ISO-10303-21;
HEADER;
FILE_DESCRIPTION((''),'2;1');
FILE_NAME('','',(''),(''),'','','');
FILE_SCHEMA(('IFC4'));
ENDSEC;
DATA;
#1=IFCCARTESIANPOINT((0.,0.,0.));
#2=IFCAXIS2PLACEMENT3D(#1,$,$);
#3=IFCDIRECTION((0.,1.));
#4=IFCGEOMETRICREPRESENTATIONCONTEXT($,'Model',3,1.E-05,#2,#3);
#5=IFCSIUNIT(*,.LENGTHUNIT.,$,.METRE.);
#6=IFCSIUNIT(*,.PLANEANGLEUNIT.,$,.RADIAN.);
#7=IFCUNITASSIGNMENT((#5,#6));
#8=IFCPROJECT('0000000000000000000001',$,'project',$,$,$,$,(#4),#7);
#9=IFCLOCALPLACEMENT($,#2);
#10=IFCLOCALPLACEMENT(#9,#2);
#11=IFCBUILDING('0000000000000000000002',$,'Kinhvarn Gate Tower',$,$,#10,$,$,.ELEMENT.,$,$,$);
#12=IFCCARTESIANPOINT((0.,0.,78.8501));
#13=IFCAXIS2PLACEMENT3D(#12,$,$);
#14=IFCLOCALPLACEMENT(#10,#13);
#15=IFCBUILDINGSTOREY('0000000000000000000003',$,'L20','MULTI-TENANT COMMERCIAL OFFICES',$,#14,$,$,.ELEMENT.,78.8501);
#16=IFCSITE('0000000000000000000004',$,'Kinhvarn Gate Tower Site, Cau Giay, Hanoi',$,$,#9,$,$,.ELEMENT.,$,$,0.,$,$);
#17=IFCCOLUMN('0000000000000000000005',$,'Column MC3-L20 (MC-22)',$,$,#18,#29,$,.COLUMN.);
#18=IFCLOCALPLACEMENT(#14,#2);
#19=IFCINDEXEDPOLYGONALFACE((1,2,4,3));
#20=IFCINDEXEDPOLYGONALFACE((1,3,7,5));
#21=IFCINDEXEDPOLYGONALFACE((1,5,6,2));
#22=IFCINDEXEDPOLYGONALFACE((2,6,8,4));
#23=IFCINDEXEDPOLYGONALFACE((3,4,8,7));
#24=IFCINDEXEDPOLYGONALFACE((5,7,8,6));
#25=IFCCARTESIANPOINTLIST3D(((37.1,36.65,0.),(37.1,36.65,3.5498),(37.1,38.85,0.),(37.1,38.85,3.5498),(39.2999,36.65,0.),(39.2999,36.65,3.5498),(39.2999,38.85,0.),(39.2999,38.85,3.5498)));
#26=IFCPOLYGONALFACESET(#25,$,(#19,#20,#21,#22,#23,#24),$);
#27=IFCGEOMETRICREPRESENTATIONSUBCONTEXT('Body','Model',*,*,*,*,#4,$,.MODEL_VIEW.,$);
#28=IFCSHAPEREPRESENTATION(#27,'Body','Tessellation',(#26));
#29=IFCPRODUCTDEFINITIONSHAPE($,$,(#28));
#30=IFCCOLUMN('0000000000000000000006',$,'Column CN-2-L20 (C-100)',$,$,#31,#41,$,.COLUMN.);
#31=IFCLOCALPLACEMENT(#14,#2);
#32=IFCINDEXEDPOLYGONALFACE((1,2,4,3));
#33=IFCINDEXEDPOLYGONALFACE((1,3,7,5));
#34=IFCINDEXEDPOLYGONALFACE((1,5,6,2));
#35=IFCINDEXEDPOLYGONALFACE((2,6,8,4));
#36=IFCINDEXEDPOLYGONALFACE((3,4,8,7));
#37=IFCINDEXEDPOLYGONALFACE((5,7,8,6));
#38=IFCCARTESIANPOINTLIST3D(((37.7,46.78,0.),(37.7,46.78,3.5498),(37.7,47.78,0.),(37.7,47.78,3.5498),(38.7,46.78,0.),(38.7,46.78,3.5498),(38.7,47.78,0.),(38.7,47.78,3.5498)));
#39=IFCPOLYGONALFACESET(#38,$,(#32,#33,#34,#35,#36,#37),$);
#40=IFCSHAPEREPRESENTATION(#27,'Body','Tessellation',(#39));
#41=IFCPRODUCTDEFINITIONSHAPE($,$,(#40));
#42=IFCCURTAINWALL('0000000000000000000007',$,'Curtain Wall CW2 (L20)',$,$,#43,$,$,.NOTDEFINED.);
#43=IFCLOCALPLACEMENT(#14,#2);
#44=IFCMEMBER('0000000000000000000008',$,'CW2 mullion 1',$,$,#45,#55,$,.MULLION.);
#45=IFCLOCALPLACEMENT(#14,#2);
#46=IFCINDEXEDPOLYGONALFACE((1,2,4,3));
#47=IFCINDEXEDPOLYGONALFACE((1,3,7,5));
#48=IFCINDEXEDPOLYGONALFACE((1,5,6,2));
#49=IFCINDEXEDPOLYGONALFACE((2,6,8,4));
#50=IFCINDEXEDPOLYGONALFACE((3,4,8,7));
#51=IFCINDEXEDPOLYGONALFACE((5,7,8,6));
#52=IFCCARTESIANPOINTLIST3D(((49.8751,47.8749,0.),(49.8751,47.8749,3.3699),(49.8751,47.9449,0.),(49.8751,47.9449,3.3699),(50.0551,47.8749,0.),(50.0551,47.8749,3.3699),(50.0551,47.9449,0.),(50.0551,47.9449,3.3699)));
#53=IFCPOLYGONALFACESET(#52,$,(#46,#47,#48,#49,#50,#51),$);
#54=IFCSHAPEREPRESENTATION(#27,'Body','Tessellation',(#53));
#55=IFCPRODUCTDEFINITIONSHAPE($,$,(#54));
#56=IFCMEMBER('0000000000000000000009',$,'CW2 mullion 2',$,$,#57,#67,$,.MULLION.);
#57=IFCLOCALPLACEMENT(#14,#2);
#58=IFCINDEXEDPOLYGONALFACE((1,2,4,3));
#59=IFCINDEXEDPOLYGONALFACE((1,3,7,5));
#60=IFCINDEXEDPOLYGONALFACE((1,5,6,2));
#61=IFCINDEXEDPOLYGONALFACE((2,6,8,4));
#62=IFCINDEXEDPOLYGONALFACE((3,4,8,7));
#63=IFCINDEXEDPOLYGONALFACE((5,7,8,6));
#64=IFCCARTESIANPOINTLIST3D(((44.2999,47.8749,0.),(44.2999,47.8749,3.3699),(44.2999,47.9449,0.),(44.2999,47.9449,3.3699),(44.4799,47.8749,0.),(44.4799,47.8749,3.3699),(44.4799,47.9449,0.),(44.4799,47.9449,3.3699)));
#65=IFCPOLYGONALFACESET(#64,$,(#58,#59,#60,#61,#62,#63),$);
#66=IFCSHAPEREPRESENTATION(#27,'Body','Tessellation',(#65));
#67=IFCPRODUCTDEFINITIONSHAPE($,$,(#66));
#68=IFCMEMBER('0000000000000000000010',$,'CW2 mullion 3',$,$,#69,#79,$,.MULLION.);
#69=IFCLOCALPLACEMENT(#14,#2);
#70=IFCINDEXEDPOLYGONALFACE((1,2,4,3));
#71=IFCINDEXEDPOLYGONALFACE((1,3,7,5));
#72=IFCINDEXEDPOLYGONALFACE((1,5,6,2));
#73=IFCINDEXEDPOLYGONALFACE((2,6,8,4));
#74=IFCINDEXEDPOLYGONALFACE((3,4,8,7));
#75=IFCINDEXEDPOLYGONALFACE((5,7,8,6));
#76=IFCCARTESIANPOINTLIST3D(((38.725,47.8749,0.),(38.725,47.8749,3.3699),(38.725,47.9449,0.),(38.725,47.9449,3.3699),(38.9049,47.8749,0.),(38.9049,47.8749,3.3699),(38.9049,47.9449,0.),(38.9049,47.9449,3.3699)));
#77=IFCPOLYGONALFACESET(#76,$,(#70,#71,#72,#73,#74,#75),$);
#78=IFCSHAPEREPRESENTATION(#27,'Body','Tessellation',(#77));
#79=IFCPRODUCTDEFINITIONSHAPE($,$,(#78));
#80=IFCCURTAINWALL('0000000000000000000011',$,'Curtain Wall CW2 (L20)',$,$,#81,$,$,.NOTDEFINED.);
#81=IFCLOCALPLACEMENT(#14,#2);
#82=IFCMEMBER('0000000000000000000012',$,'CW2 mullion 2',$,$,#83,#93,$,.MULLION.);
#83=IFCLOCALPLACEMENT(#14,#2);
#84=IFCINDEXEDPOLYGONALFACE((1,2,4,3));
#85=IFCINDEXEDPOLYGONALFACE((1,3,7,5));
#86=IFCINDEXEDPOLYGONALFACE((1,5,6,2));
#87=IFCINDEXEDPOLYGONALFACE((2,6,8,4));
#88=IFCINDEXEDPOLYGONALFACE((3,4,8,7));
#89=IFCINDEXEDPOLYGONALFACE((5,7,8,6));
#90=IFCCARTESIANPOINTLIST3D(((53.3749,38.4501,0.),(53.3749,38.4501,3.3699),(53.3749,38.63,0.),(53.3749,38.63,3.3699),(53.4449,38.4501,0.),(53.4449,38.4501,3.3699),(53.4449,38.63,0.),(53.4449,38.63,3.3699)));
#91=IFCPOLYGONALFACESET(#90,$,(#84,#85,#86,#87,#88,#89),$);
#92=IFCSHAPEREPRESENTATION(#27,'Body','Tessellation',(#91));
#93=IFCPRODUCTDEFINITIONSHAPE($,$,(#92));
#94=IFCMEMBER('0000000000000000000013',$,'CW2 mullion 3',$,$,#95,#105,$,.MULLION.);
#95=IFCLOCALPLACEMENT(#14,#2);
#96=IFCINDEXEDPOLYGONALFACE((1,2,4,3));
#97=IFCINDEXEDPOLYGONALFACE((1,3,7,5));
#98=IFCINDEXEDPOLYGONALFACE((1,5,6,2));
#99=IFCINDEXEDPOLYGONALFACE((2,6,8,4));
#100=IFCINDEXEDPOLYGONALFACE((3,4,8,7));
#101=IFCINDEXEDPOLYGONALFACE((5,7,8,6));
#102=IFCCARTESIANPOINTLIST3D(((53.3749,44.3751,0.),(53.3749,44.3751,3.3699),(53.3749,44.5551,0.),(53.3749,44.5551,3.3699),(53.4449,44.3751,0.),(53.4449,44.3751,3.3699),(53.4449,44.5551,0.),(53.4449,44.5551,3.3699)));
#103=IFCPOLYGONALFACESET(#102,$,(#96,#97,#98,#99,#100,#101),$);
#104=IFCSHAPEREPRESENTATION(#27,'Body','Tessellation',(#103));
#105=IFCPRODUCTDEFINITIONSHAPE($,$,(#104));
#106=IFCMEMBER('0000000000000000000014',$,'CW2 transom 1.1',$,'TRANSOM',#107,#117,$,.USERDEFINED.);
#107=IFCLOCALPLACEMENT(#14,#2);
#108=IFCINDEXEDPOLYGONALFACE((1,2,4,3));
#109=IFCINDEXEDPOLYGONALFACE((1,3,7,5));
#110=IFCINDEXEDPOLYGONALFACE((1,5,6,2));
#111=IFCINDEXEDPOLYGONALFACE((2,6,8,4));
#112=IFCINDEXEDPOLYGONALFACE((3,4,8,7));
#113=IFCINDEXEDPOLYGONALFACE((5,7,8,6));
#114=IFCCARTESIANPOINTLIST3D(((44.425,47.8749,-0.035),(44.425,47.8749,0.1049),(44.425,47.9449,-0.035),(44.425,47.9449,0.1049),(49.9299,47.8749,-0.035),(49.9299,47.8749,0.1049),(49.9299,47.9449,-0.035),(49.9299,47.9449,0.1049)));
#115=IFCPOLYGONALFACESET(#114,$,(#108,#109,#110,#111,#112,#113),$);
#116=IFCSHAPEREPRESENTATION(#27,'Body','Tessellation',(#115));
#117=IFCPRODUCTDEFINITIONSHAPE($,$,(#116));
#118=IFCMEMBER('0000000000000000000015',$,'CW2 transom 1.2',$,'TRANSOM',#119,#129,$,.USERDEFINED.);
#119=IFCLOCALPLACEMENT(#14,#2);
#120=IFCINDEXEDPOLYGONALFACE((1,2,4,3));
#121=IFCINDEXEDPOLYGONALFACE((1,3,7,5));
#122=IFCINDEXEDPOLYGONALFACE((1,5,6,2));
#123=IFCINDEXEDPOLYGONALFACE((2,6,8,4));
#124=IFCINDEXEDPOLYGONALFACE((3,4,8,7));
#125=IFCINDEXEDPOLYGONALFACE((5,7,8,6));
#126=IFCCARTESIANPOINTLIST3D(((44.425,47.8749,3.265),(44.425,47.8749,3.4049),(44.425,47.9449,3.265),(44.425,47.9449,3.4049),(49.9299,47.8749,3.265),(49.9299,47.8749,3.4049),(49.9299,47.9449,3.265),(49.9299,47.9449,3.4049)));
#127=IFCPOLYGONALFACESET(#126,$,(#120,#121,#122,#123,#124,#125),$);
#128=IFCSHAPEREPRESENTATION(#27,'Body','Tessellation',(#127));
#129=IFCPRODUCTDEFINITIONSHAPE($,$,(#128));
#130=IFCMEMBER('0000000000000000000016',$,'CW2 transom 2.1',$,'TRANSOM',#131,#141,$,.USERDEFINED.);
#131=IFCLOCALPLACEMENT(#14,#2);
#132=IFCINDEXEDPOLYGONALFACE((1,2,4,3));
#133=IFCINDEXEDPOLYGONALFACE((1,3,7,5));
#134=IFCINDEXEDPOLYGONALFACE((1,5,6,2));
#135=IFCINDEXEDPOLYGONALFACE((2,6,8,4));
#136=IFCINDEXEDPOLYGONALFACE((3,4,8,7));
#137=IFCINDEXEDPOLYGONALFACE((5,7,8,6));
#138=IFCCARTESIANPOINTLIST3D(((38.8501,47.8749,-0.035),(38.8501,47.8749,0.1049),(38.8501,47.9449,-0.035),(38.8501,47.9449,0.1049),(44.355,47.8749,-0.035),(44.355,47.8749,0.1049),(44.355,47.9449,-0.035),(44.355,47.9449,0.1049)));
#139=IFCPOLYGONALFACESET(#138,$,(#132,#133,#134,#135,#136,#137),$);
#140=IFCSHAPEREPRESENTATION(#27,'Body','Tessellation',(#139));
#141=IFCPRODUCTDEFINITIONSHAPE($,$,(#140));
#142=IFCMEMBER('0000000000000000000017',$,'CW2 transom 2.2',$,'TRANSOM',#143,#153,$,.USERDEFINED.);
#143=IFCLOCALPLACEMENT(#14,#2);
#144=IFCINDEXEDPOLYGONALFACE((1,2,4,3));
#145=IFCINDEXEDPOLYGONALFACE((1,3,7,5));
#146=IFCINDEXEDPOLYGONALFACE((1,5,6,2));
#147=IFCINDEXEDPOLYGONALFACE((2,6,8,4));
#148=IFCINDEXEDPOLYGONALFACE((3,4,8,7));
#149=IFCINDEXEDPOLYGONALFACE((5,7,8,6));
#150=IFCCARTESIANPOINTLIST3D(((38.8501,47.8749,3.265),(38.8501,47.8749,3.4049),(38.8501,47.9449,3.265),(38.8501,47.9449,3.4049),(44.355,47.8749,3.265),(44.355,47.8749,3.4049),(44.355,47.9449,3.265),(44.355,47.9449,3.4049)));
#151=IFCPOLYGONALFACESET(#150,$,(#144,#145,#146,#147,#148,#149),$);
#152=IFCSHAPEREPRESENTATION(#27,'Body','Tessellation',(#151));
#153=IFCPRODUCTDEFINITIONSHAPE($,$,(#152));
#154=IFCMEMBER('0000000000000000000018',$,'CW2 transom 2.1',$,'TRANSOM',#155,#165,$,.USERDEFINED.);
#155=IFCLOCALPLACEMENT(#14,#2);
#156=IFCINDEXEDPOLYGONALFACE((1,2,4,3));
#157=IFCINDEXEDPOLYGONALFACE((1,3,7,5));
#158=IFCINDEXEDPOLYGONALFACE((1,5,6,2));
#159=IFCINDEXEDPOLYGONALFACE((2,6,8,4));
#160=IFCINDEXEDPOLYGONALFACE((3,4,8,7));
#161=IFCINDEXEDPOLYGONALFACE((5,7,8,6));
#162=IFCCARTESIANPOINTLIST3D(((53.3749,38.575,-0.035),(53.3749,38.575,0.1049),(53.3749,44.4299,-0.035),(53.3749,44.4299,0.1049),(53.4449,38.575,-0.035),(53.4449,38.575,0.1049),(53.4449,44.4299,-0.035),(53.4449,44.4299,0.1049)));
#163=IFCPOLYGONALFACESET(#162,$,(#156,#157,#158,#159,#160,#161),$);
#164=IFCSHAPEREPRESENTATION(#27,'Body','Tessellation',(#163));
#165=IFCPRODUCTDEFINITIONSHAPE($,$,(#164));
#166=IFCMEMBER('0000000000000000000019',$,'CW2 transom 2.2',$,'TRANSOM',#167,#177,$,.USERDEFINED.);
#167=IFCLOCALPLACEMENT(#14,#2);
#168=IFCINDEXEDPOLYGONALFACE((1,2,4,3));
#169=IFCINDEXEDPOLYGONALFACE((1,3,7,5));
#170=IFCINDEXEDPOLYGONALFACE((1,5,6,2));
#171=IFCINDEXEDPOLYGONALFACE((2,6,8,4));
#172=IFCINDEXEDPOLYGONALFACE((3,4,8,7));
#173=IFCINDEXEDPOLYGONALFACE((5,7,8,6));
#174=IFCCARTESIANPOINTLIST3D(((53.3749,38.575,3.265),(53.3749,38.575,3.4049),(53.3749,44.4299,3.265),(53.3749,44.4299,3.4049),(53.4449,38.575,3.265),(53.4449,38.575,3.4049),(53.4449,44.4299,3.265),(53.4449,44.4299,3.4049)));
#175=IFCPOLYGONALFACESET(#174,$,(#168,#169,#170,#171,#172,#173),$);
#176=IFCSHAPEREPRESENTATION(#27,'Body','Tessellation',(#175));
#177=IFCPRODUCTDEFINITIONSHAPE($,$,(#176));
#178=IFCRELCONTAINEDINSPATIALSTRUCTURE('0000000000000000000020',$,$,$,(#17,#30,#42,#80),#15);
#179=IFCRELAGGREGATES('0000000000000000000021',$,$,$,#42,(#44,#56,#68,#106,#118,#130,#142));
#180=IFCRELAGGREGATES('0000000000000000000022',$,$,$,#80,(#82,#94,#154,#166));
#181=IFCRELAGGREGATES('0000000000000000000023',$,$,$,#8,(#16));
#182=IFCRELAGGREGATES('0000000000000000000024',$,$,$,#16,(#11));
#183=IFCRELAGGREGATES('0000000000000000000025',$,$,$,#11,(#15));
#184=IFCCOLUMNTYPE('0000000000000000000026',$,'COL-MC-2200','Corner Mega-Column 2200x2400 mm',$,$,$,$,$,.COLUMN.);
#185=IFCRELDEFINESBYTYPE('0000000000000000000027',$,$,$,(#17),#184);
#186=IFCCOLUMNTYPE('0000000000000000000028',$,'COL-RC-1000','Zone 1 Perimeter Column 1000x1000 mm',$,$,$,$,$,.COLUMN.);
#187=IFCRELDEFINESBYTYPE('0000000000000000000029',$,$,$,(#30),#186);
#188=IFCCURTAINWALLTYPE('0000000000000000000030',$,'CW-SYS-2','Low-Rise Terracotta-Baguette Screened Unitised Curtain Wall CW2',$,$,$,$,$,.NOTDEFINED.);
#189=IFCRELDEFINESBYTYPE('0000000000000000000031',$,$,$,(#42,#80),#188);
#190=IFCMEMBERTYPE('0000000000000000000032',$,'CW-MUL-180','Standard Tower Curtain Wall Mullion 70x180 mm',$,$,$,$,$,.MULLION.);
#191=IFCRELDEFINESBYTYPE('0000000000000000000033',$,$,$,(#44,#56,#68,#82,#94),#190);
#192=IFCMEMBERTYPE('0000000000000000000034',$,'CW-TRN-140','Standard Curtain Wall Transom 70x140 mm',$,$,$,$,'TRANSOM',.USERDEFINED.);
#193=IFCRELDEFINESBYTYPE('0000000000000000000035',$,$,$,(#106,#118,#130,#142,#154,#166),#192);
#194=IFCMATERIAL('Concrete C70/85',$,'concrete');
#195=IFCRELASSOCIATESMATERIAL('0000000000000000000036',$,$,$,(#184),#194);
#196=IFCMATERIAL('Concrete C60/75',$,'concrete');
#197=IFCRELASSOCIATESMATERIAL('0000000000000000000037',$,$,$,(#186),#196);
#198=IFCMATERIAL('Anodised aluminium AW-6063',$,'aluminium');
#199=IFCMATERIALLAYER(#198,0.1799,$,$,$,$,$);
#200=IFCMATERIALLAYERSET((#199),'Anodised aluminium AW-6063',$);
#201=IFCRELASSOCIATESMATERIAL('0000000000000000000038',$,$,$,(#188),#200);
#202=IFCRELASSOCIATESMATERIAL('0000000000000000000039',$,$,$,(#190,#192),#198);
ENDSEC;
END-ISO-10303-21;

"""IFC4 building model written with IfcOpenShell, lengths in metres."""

from ifc_helpers import new_model, si_unit, direction, frame, origin, origin_2d, place, context, subcontext, project, spatial, rectangle, extrude, material, layer, layer_set, material_profile, profile_set, type_object, element, aggregate, save


model = new_model("IFC4")

# Units and contexts
model_context = context("Model", 3, precision=1e-05, world=origin(), true_north=direction((0.0, 1.0)))
body_context = subcontext(model_context, "Body", "Model", "MODEL_VIEW")
ifc_project = project(units=[si_unit("LENGTHUNIT", "METRE"), si_unit("PLANEANGLEUNIT", "RADIAN")], contexts=[model_context])

# Site, building, storey
site_placement = place(None, origin())
site = spatial("IfcSite", under=ifc_project, at=site_placement, Name="Kinhvarn Gate Tower Site, Cau Giay, Hanoi", CompositionType="ELEMENT", RefElevation=0.0)
building_placement = place(site_placement, origin())
building = spatial("IfcBuilding", under=site, at=building_placement, Name="Kinhvarn Gate Tower", CompositionType="ELEMENT")
storey_placement = place(building_placement, frame((0.0, 0.0, 78.8501)))
storey = spatial("IfcBuildingStorey", under=building, at=storey_placement, Name="L20", Description="MULTI-TENANT COMMERCIAL OFFICES", CompositionType="ELEMENT", Elevation=78.8501)

# Columns
ifc_material_1 = material(Name="Concrete C70/85", Category="concrete")
ifc_material_profile_1 = material_profile(ifc_material_1, rectangle(XDim=2.2, YDim=2.2, at=origin_2d()), Name="RC 2200x2200")
ifc_profile_set_1 = profile_set([ifc_material_profile_1], Name="Concrete C70/85")
column_type_1 = type_object("IfcColumnType", Name="COL-MC-2200", Description="Corner Mega-Column 2200x2400 mm", PredefinedType="COLUMN", material=ifc_profile_set_1)
column_1_placement = place(storey_placement, frame((38.2, 37.75, 0.0), z_axis=(0.0, 0.0, 1.0), x_axis=(1.0, 0.0, 0.0)))
element("IfcColumn", 1, at=column_1_placement, inside=storey, type_object=column_type_1, Name="Column MC3-L20 (MC-22)", PredefinedType="COLUMN", context=body_context, shape_type="SweptSolid", body=[
    extrude(rectangle(XDim=2.2, YDim=2.2, at=origin_2d()), origin(), (0.0, 0.0, 1.0), 3.5498),
])
ifc_material_2 = material(Name="Concrete C60/75", Category="concrete")
ifc_material_profile_2 = material_profile(ifc_material_2, rectangle(XDim=1.0, YDim=1.0, at=origin_2d()), Name="RC 1000x1000")
ifc_profile_set_2 = profile_set([ifc_material_profile_2], Name="Concrete C60/75")
column_type_2 = type_object("IfcColumnType", Name="COL-RC-1000", Description="Zone 1 Perimeter Column 1000x1000 mm", PredefinedType="COLUMN", material=ifc_profile_set_2)
column_2_placement = place(storey_placement, frame((38.2, 47.28, 0.0), z_axis=(0.0, 0.0, 1.0), x_axis=(1.0, 0.0, 0.0)))
element("IfcColumn", 2, at=column_2_placement, inside=storey, type_object=column_type_2, Name="Column CN-2-L20 (C-100)", PredefinedType="COLUMN", context=body_context, shape_type="SweptSolid", body=[
    extrude(rectangle(XDim=1.0, YDim=1.0, at=origin_2d()), origin(), (0.0, 0.0, 1.0), 3.5498),
])

# Curtain walls, members
ifc_material_3 = material(Name="Anodised aluminium AW-6063", Category="aluminium")
ifc_layer_1 = layer(ifc_material_3, 0.1799)
ifc_layer_set_1 = layer_set([ifc_layer_1], Name="Anodised aluminium AW-6063")
curtain_wall_type = type_object("IfcCurtainWallType", Name="CW-SYS-2", Description="Low-Rise Terracotta-Baguette Screened Unitised Curtain Wall CW2", PredefinedType="NOTDEFINED", material=ifc_layer_set_1)
curtain_wall_1_placement = place(storey_placement, origin())
curtain_wall_1 = element("IfcCurtainWall", 3, at=curtain_wall_1_placement, inside=storey, type_object=curtain_wall_type, Name="Curtain Wall CW2 (L20)", PredefinedType="NOTDEFINED")
ifc_material_profile_3 = material_profile(ifc_material_3, rectangle(XDim=0.0701, YDim=0.1799, at=origin_2d()), Name="ALU 70x180")
ifc_profile_set_3 = profile_set([ifc_material_profile_3], Name="Anodised aluminium AW-6063")
member_type_1 = type_object("IfcMemberType", Name="CW-MUL-180", Description="Standard Tower Curtain Wall Mullion 70x180 mm", PredefinedType="MULLION", material=ifc_profile_set_3)
member_1_placement = place(storey_placement, frame((49.9651, 47.9099, 0.0), z_axis=(0.0, 0.0, 1.0), x_axis=(0.0, -1.0, 0.0)))
member_1 = element("IfcMember", 4, at=member_1_placement, type_object=member_type_1, Name="CW2 mullion 1", PredefinedType="MULLION", context=body_context, shape_type="SweptSolid", body=[
    extrude(rectangle(XDim=0.0701, YDim=0.1799, at=origin_2d()), origin(), (0.0, 0.0, 1.0), 3.3699),
])
member_2_placement = place(storey_placement, frame((44.3899, 47.9099, 0.0), z_axis=(0.0, 0.0, 1.0), x_axis=(0.0, -1.0, 0.0)))
member_2 = element("IfcMember", 5, at=member_2_placement, type_object=member_type_1, Name="CW2 mullion 2", PredefinedType="MULLION", context=body_context, shape_type="SweptSolid", body=[
    extrude(rectangle(XDim=0.0701, YDim=0.1799, at=origin_2d()), origin(), (0.0, 0.0, 1.0), 3.3699),
])
member_3_placement = place(storey_placement, frame((38.8149, 47.9099, 0.0), z_axis=(0.0, 0.0, 1.0), x_axis=(0.0, -1.0, 0.0)))
member_3 = element("IfcMember", 6, at=member_3_placement, type_object=member_type_1, Name="CW2 mullion 3", PredefinedType="MULLION", context=body_context, shape_type="SweptSolid", body=[
    extrude(rectangle(XDim=0.0701, YDim=0.1799, at=origin_2d()), origin(), (0.0, 0.0, 1.0), 3.3699),
])
curtain_wall_2_placement = place(storey_placement, origin())
curtain_wall_2 = element("IfcCurtainWall", 7, at=curtain_wall_2_placement, inside=storey, type_object=curtain_wall_type, Name="Curtain Wall CW2 (L20)", PredefinedType="NOTDEFINED")
member_4_placement = place(storey_placement, frame((53.4099, 38.54, 0.0), z_axis=(0.0, 0.0, 1.0), x_axis=(-1.0, 0.0, 0.0)))
member_4 = element("IfcMember", 8, at=member_4_placement, type_object=member_type_1, Name="CW2 mullion 2", PredefinedType="MULLION", context=body_context, shape_type="SweptSolid", body=[
    extrude(rectangle(XDim=0.0701, YDim=0.1799, at=origin_2d()), origin(), (0.0, 0.0, 1.0), 3.3699),
])
member_5_placement = place(storey_placement, frame((53.4099, 44.4651, 0.0), z_axis=(0.0, 0.0, 1.0), x_axis=(-1.0, 0.0, 0.0)))
member_5 = element("IfcMember", 9, at=member_5_placement, type_object=member_type_1, Name="CW2 mullion 3", PredefinedType="MULLION", context=body_context, shape_type="SweptSolid", body=[
    extrude(rectangle(XDim=0.0701, YDim=0.1799, at=origin_2d()), origin(), (0.0, 0.0, 1.0), 3.3699),
])

# Members
ifc_material_profile_4 = material_profile(ifc_material_3, rectangle(XDim=0.0701, YDim=0.1399, at=origin_2d()), Name="ALU 70x140")
ifc_profile_set_4 = profile_set([ifc_material_profile_4], Name="Anodised aluminium AW-6063")
member_type_2 = type_object("IfcMemberType", Name="CW-TRN-140", Description="Standard Curtain Wall Transom 70x140 mm", ElementType="TRANSOM", PredefinedType="USERDEFINED", material=ifc_profile_set_4)
member_6_placement = place(storey_placement, frame((49.9299, 47.9099, 0.0349), z_axis=(-1.0, 0.0, 0.0), x_axis=(0.0, -1.0, 0.0)))
member_6 = element("IfcMember", 10, at=member_6_placement, type_object=member_type_2, Name="CW2 transom 1.1", ObjectType="TRANSOM", PredefinedType="USERDEFINED", context=body_context, shape_type="SweptSolid", body=[
    extrude(rectangle(XDim=0.0701, YDim=0.1399, at=origin_2d()), origin(), (0.0, 0.0, 1.0), 5.5049),
])
member_7_placement = place(storey_placement, frame((49.9299, 47.9099, 3.335), z_axis=(-1.0, 0.0, 0.0), x_axis=(0.0, -1.0, 0.0)))
member_7 = element("IfcMember", 11, at=member_7_placement, type_object=member_type_2, Name="CW2 transom 1.2", ObjectType="TRANSOM", PredefinedType="USERDEFINED", context=body_context, shape_type="SweptSolid", body=[
    extrude(rectangle(XDim=0.0701, YDim=0.1399, at=origin_2d()), origin(), (0.0, 0.0, 1.0), 5.5049),
])
member_8_placement = place(storey_placement, frame((44.355, 47.9099, 0.0349), z_axis=(-1.0, 0.0, 0.0), x_axis=(0.0, -1.0, 0.0)))
member_8 = element("IfcMember", 12, at=member_8_placement, type_object=member_type_2, Name="CW2 transom 2.1", ObjectType="TRANSOM", PredefinedType="USERDEFINED", context=body_context, shape_type="SweptSolid", body=[
    extrude(rectangle(XDim=0.0701, YDim=0.1399, at=origin_2d()), origin(), (0.0, 0.0, 1.0), 5.5049),
])
member_9_placement = place(storey_placement, frame((44.355, 47.9099, 3.335), z_axis=(-1.0, 0.0, 0.0), x_axis=(0.0, -1.0, 0.0)))
member_9 = element("IfcMember", 13, at=member_9_placement, type_object=member_type_2, Name="CW2 transom 2.2", ObjectType="TRANSOM", PredefinedType="USERDEFINED", context=body_context, shape_type="SweptSolid", body=[
    extrude(rectangle(XDim=0.0701, YDim=0.1399, at=origin_2d()), origin(), (0.0, 0.0, 1.0), 5.5049),
])
member_10_placement = place(storey_placement, frame((53.4099, 38.575, 0.0349), z_axis=(0.0, 1.0, 0.0), x_axis=(-1.0, 0.0, 0.0)))
member_10 = element("IfcMember", 14, at=member_10_placement, type_object=member_type_2, Name="CW2 transom 2.1", ObjectType="TRANSOM", PredefinedType="USERDEFINED", context=body_context, shape_type="SweptSolid", body=[
    extrude(rectangle(XDim=0.0701, YDim=0.1399, at=origin_2d()), origin(), (0.0, 0.0, 1.0), 5.855),
])
member_11_placement = place(storey_placement, frame((53.4099, 38.575, 3.335), z_axis=(0.0, 1.0, 0.0), x_axis=(-1.0, 0.0, 0.0)))
member_11 = element("IfcMember", 15, at=member_11_placement, type_object=member_type_2, Name="CW2 transom 2.2", ObjectType="TRANSOM", PredefinedType="USERDEFINED", context=body_context, shape_type="SweptSolid", body=[
    extrude(rectangle(XDim=0.0701, YDim=0.1399, at=origin_2d()), origin(), (0.0, 0.0, 1.0), 5.855),
])

aggregate(curtain_wall_1, [member_1, member_2, member_3, member_6, member_7, member_8, member_9])
aggregate(curtain_wall_2, [member_4, member_5, member_10, member_11])

save(model, "model.ifc")
